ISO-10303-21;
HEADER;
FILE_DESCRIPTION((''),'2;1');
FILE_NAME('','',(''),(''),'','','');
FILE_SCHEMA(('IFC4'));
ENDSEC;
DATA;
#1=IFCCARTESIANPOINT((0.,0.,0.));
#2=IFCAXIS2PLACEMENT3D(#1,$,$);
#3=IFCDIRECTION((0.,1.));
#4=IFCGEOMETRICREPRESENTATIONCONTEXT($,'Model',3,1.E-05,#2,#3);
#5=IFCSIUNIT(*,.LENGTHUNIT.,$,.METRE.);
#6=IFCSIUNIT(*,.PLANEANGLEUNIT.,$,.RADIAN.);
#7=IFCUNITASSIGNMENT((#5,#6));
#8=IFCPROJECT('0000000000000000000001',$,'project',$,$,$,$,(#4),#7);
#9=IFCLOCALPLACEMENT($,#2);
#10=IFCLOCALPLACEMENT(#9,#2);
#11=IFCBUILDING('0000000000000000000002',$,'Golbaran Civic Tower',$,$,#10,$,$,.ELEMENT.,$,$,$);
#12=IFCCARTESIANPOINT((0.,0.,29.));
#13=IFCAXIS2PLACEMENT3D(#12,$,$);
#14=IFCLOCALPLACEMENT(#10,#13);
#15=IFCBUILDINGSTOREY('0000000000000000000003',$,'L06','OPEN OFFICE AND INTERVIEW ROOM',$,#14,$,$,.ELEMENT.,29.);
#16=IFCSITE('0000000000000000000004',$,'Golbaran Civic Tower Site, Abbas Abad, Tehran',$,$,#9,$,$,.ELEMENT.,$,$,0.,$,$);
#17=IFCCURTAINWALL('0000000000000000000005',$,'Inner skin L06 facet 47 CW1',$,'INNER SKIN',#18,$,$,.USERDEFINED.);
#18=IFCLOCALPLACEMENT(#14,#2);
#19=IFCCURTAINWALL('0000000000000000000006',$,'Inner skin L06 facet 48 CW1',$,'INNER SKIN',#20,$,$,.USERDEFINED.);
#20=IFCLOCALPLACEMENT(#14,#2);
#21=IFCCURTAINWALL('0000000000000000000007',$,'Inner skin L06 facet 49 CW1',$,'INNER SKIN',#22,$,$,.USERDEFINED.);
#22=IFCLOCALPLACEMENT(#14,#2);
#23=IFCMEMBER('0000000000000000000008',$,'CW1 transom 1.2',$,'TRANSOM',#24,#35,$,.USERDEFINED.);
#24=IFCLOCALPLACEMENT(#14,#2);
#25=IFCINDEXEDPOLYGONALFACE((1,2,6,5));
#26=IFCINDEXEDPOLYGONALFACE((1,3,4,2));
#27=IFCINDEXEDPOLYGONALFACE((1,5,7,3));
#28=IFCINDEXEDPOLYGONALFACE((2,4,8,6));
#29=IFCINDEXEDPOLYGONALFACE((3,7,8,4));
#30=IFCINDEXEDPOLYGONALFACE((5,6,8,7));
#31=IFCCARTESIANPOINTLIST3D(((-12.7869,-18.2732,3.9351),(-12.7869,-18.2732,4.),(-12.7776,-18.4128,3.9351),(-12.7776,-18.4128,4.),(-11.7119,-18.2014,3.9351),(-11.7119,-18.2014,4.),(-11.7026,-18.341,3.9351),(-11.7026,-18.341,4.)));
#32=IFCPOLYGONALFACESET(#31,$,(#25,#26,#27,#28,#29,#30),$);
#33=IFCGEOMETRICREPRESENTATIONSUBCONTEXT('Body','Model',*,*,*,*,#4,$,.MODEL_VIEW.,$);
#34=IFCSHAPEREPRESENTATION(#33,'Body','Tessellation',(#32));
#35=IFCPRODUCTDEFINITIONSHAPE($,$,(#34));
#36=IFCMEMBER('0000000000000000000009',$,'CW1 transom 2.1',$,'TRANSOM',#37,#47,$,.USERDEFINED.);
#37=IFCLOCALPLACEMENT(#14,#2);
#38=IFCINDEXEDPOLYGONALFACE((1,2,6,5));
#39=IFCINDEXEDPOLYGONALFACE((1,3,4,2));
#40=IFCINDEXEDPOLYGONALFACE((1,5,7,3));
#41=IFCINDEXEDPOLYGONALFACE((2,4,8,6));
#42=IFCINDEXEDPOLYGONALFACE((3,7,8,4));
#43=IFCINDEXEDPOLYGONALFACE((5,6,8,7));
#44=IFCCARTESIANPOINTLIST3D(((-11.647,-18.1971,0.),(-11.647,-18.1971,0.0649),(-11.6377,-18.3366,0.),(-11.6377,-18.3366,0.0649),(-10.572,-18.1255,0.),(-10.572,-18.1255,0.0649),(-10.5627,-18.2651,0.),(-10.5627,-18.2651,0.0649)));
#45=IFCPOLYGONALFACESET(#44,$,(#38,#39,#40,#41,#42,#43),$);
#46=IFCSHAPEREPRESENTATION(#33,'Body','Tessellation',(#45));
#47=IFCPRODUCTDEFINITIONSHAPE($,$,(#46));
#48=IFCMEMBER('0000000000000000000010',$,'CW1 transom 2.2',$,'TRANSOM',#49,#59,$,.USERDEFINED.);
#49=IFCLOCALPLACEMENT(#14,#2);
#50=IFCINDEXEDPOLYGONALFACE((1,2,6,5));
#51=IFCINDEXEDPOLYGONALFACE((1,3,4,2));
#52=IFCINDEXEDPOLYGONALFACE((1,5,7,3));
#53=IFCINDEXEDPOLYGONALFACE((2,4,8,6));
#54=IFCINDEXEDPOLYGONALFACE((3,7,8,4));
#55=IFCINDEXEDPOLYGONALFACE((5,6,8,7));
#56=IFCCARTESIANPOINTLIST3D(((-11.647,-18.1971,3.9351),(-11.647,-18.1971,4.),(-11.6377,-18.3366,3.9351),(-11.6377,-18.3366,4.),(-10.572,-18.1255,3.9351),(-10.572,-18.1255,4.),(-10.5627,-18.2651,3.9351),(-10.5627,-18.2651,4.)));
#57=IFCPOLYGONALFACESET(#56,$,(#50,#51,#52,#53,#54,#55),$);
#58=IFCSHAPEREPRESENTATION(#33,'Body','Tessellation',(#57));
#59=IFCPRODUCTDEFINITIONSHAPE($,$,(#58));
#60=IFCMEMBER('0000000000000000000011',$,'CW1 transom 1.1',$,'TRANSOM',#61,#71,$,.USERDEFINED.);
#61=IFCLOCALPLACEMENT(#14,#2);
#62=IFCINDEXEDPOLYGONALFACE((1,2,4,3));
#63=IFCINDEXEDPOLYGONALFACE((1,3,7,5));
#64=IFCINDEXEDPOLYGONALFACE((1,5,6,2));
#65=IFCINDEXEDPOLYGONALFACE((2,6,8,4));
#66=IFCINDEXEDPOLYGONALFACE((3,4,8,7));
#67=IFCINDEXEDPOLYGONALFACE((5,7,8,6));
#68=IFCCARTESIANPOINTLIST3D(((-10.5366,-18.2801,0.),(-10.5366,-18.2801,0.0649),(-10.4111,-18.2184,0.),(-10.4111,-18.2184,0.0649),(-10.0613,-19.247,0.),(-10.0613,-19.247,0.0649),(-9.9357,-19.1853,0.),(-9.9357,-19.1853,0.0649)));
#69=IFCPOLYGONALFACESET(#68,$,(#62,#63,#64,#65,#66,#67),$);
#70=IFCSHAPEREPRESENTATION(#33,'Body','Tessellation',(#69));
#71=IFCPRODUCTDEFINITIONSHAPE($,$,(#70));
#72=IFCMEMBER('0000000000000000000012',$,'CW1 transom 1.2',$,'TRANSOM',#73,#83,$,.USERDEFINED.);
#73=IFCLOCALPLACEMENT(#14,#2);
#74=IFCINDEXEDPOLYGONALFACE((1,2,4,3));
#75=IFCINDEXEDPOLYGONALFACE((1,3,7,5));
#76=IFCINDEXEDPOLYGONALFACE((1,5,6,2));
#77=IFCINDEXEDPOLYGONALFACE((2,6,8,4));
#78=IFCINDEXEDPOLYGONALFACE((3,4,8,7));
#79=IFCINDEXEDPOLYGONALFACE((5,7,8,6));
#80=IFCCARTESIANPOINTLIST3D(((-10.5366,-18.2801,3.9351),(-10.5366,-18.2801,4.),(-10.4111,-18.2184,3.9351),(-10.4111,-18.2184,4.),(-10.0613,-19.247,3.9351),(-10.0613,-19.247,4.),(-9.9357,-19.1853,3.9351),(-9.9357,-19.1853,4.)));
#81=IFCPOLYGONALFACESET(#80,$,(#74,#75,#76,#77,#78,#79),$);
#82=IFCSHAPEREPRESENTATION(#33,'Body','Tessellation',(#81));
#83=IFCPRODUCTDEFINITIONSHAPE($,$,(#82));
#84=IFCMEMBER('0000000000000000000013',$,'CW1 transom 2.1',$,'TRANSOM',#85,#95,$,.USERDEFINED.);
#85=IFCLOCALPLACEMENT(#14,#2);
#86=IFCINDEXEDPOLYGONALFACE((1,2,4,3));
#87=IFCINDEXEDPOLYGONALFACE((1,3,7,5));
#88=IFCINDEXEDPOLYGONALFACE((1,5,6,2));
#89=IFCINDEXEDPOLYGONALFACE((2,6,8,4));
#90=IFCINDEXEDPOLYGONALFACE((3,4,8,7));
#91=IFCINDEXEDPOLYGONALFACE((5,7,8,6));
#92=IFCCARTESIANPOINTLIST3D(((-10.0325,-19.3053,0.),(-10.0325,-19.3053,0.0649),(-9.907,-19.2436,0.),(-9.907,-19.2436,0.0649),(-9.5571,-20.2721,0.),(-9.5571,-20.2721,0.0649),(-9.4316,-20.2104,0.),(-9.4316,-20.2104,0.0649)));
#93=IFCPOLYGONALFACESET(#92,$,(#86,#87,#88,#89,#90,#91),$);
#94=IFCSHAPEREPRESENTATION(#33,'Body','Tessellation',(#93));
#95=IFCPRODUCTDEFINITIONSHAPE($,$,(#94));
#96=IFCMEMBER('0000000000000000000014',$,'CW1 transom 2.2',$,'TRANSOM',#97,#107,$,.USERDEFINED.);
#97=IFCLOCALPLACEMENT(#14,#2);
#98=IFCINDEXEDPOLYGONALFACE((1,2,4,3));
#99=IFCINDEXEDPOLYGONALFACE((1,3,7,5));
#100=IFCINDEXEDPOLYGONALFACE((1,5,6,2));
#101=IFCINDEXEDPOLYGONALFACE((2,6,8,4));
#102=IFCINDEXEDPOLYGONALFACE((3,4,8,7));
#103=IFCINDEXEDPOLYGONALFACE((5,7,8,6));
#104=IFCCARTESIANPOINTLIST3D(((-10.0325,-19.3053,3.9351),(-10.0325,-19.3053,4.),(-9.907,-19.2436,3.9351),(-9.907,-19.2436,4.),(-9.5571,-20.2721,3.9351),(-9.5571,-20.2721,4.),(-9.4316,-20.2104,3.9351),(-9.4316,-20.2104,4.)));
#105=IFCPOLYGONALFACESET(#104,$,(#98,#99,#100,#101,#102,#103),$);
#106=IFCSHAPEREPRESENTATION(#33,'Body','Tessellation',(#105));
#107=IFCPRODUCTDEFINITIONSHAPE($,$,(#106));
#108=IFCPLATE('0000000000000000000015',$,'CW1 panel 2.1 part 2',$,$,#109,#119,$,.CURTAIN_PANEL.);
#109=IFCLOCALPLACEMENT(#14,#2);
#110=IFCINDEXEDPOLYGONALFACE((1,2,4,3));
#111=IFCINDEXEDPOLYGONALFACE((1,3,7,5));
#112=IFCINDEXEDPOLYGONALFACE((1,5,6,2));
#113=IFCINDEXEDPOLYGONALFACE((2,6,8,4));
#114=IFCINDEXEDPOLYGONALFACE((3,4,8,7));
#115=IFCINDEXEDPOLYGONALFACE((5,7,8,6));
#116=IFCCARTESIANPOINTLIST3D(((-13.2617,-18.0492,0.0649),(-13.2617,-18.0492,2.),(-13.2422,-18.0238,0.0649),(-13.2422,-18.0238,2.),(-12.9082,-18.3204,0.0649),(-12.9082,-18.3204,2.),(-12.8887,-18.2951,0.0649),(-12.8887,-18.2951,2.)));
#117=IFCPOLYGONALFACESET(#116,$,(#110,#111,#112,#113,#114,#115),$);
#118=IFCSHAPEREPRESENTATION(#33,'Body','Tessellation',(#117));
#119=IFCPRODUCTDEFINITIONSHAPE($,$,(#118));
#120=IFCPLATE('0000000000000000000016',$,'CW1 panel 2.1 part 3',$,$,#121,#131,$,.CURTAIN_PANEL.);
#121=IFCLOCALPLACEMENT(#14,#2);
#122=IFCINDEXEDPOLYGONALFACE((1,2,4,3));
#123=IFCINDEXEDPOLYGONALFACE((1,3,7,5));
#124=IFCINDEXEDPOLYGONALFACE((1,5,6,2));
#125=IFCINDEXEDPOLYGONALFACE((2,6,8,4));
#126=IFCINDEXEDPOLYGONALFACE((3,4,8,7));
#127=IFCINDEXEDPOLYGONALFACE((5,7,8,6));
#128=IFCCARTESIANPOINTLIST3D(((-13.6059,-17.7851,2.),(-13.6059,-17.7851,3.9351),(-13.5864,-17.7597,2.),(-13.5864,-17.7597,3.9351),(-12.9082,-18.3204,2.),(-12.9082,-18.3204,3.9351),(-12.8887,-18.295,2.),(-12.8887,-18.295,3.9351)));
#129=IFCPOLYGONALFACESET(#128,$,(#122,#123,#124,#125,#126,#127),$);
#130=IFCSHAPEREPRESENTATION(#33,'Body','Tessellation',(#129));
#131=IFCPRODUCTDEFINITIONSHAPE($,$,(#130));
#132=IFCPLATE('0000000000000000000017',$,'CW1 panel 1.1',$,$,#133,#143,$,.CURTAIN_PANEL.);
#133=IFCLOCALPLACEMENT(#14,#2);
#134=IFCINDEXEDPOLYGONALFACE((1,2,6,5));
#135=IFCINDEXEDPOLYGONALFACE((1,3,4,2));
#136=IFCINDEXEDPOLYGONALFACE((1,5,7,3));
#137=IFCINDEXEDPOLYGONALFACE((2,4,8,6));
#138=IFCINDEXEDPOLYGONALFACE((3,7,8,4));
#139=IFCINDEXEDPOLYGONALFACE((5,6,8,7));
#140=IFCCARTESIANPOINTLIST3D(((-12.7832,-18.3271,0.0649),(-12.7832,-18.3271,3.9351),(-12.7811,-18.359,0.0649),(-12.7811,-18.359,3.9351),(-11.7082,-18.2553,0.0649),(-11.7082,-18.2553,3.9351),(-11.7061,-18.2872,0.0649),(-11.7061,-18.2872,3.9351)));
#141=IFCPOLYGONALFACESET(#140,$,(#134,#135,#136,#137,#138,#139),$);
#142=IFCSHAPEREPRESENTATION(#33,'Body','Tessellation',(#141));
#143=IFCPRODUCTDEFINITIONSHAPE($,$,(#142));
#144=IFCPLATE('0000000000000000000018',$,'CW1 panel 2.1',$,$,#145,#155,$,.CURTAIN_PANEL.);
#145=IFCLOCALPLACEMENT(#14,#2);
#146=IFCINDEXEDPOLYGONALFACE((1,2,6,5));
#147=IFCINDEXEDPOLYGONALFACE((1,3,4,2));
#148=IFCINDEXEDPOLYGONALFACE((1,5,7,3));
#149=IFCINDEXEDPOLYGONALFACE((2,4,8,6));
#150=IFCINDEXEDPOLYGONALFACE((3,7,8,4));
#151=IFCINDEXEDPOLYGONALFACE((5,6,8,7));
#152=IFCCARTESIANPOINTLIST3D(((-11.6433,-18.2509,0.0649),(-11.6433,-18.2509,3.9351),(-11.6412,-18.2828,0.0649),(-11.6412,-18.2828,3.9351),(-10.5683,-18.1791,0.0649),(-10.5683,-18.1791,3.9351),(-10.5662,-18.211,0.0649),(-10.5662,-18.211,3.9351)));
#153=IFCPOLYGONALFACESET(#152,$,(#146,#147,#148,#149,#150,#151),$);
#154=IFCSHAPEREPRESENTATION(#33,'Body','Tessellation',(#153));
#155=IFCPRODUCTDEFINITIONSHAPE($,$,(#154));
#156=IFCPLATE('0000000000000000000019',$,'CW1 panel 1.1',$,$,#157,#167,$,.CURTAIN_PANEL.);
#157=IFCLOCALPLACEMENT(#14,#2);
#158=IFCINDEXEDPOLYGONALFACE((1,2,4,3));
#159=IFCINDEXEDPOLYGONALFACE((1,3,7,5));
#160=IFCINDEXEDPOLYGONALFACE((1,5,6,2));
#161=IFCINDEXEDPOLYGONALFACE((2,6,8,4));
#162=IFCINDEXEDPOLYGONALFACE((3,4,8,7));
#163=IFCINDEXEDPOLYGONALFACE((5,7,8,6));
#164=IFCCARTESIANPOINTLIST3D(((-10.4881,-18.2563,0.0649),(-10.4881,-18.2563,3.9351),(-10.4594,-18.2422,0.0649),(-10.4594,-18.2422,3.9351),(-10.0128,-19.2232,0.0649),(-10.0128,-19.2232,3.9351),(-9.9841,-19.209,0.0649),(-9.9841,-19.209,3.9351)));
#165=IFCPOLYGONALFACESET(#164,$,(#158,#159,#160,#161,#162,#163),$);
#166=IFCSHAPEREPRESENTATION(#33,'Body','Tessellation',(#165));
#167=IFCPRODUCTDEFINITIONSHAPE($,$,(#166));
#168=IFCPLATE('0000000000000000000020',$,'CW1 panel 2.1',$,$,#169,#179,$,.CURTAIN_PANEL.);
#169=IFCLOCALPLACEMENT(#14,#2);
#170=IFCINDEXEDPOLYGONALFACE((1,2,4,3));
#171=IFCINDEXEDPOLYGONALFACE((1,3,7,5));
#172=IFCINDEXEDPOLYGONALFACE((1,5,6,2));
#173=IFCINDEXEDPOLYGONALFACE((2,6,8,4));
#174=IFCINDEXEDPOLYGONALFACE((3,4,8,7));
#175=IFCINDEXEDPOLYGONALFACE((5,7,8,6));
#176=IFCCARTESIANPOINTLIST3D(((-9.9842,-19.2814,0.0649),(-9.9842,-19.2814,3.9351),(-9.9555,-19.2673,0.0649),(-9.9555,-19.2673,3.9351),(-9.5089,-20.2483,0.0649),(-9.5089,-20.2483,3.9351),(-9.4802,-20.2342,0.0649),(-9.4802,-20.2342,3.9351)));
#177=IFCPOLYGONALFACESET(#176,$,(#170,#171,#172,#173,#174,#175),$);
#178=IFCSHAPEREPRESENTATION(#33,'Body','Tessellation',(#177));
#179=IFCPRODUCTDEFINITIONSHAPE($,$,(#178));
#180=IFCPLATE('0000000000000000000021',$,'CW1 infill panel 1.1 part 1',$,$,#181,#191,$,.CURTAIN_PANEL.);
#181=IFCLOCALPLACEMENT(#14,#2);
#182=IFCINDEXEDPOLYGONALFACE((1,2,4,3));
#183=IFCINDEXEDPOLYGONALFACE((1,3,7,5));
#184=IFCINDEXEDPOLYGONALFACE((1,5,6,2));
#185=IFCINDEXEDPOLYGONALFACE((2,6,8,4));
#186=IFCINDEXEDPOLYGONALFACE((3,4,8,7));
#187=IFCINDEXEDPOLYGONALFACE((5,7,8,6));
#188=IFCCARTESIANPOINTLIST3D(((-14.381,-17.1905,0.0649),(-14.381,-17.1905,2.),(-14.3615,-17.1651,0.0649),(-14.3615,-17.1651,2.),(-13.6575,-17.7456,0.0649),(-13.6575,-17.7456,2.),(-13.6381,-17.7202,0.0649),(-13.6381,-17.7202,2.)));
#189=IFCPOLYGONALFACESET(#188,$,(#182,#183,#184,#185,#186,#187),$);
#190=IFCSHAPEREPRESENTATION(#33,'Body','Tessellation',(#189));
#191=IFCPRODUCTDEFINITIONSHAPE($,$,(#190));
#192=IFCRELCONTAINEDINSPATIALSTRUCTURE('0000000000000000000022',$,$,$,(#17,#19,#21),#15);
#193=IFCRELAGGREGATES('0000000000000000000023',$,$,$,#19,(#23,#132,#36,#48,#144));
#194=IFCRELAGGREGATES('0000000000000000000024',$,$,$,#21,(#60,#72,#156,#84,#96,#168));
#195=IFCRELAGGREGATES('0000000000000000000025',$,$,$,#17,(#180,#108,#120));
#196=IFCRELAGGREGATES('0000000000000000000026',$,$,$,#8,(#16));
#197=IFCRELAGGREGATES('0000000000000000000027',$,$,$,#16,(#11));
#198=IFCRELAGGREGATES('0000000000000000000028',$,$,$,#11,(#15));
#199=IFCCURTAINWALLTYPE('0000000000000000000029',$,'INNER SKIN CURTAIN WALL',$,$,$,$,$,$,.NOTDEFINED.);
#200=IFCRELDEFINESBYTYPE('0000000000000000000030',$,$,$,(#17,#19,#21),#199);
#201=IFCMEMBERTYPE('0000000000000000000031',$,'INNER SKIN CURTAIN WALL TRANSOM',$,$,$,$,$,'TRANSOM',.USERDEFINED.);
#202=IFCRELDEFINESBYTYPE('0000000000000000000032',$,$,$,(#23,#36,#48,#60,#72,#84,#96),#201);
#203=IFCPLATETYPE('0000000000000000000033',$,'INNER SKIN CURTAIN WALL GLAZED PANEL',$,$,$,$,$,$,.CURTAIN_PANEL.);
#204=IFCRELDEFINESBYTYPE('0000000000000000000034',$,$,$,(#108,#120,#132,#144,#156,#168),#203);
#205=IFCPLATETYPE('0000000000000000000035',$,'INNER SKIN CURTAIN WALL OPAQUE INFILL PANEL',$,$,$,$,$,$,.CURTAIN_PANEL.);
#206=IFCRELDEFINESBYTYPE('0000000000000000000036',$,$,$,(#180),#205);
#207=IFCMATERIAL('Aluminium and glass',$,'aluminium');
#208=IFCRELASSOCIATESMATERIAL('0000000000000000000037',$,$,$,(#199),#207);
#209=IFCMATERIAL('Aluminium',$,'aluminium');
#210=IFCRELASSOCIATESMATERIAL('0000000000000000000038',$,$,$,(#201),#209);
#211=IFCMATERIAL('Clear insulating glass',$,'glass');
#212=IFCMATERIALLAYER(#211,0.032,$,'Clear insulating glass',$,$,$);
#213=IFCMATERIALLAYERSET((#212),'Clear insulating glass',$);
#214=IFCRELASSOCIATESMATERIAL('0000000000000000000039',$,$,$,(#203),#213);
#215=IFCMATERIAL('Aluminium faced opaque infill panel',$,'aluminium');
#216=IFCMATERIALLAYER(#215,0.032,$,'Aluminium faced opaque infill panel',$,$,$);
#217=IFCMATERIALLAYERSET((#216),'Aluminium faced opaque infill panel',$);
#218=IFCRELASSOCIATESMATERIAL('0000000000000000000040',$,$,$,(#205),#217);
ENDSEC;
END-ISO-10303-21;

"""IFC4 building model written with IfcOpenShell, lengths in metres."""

from ifc_helpers import new_model, si_unit, direction, frame, origin, origin_2d, place, context, subcontext, project, spatial, rectangle, extrude, material, layer, layer_set, material_profile, profile_set, type_object, element, aggregate, save


model = new_model("IFC4")

# Units and contexts
model_context = context("Model", 3, precision=1e-05, world=origin(), true_north=direction((0.0, 1.0)))
body_context = subcontext(model_context, "Body", "Model", "MODEL_VIEW")
ifc_project = project(units=[si_unit("LENGTHUNIT", "METRE"), si_unit("PLANEANGLEUNIT", "RADIAN")], contexts=[model_context])

# Site, building, storey
site_placement = place(None, origin())
site = spatial("IfcSite", under=ifc_project, at=site_placement, Name="Golbaran Civic Tower Site, Abbas Abad, Tehran", CompositionType="ELEMENT", RefElevation=0.0)
building_placement = place(site_placement, origin())
building = spatial("IfcBuilding", under=site, at=building_placement, Name="Golbaran Civic Tower", CompositionType="ELEMENT")
storey_placement = place(building_placement, frame((0.0, 0.0, 29.0)))
storey = spatial("IfcBuildingStorey", under=building, at=storey_placement, Name="L06", Description="OPEN OFFICE AND INTERVIEW ROOM", CompositionType="ELEMENT", Elevation=29.0)

# Curtain walls
ifc_material_1 = material(Name="Aluminium and glass", Category="aluminium")
curtain_wall_type = type_object("IfcCurtainWallType", Name="INNER SKIN CURTAIN WALL", PredefinedType="NOTDEFINED", material=ifc_material_1)
curtain_wall_1_placement = place(storey_placement, origin())
curtain_wall_1 = element("IfcCurtainWall", 1, at=curtain_wall_1_placement, inside=storey, type_object=curtain_wall_type, Name="Inner skin L06 facet 47 CW1", ObjectType="INNER SKIN", PredefinedType="USERDEFINED")
ifc_material_2 = material(Name="Aluminium", Category="aluminium")
curtain_wall_2_placement = place(storey_placement, origin())
curtain_wall_2 = element("IfcCurtainWall", 2, at=curtain_wall_2_placement, inside=storey, type_object=curtain_wall_type, Name="Inner skin L06 facet 48 CW1", ObjectType="INNER SKIN", PredefinedType="USERDEFINED")
curtain_wall_3_placement = place(storey_placement, origin())
curtain_wall_3 = element("IfcCurtainWall", 3, at=curtain_wall_3_placement, inside=storey, type_object=curtain_wall_type, Name="Inner skin L06 facet 49 CW1", ObjectType="INNER SKIN", PredefinedType="USERDEFINED")

# Members
ifc_material_profile_1 = material_profile(ifc_material_2, rectangle(XDim=0.1399, YDim=0.0649, at=origin_2d()), Name="INNER SKIN CURTAIN WALL TRANSOM")
ifc_profile_set_1 = profile_set([ifc_material_profile_1], Name="Aluminium")
member_type_1 = type_object("IfcMemberType", Name="INNER SKIN CURTAIN WALL TRANSOM", ElementType="TRANSOM", PredefinedType="USERDEFINED", material=ifc_profile_set_1)
member_1_placement = place(storey_placement, frame((-12.7822, -18.343, 3.9675), z_axis=(0.997778, 0.066624, 0.0), x_axis=(-0.066624, 0.997778, 0.0)))
member_1 = element("IfcMember", 4, at=member_1_placement, type_object=member_type_1, Name="CW1 transom 1.2", ObjectType="TRANSOM", PredefinedType="USERDEFINED", context=body_context, shape_type="SweptSolid", body=[
    extrude(rectangle(XDim=0.1399, YDim=0.0649, at=origin_2d()), origin(), (0.0, 0.0, 1.0), 1.0774),
])
member_2_placement = place(storey_placement, frame((-11.6423, -18.2668, 0.0325), z_axis=(0.997793, 0.066399, 0.0), x_axis=(-0.066399, 0.997793, 0.0)))
member_2 = element("IfcMember", 5, at=member_2_placement, type_object=member_type_1, Name="CW1 transom 2.1", ObjectType="TRANSOM", PredefinedType="USERDEFINED", context=body_context, shape_type="SweptSolid", body=[
    extrude(rectangle(XDim=0.1399, YDim=0.0649, at=origin_2d()), origin(), (0.0, 0.0, 1.0), 1.0774),
])
member_3_placement = place(storey_placement, frame((-11.6423, -18.2668, 3.9675), z_axis=(0.997793, 0.066399, 0.0), x_axis=(-0.066399, 0.997793, 0.0)))
member_3 = element("IfcMember", 6, at=member_3_placement, type_object=member_type_1, Name="CW1 transom 2.2", ObjectType="TRANSOM", PredefinedType="USERDEFINED", context=body_context, shape_type="SweptSolid", body=[
    extrude(rectangle(XDim=0.1399, YDim=0.0649, at=origin_2d()), origin(), (0.0, 0.0, 1.0), 1.0774),
])
member_4_placement = place(storey_placement, frame((-10.4739, -18.2493, 0.0325), z_axis=(0.441221, -0.897399, 0.0), x_axis=(0.897399, 0.441221, 0.0)))
member_4 = element("IfcMember", 7, at=member_4_placement, type_object=member_type_1, Name="CW1 transom 1.1", ObjectType="TRANSOM", PredefinedType="USERDEFINED", context=body_context, shape_type="SweptSolid", body=[
    extrude(rectangle(XDim=0.1399, YDim=0.0649, at=origin_2d()), origin(), (0.0, 0.0, 1.0), 1.0774),
])
member_5_placement = place(storey_placement, frame((-10.4739, -18.2493, 3.9675), z_axis=(0.441221, -0.897399, 0.0), x_axis=(0.897399, 0.441221, 0.0)))
member_5 = element("IfcMember", 8, at=member_5_placement, type_object=member_type_1, Name="CW1 transom 1.2", ObjectType="TRANSOM", PredefinedType="USERDEFINED", context=body_context, shape_type="SweptSolid", body=[
    extrude(rectangle(XDim=0.1399, YDim=0.0649, at=origin_2d()), origin(), (0.0, 0.0, 1.0), 1.0774),
])
member_6_placement = place(storey_placement, frame((-9.9697, -19.2744, 0.0325), z_axis=(0.441221, -0.897399, 0.0), x_axis=(0.897399, 0.441221, 0.0)))
member_6 = element("IfcMember", 9, at=member_6_placement, type_object=member_type_1, Name="CW1 transom 2.1", ObjectType="TRANSOM", PredefinedType="USERDEFINED", context=body_context, shape_type="SweptSolid", body=[
    extrude(rectangle(XDim=0.1399, YDim=0.0649, at=origin_2d()), origin(), (0.0, 0.0, 1.0), 1.0774),
])
member_7_placement = place(storey_placement, frame((-9.9697, -19.2744, 3.9675), z_axis=(0.441221, -0.897399, 0.0), x_axis=(0.897399, 0.441221, 0.0)))
member_7 = element("IfcMember", 10, at=member_7_placement, type_object=member_type_1, Name="CW1 transom 2.2", ObjectType="TRANSOM", PredefinedType="USERDEFINED", context=body_context, shape_type="SweptSolid", body=[
    extrude(rectangle(XDim=0.1399, YDim=0.0649, at=origin_2d()), origin(), (0.0, 0.0, 1.0), 1.0774),
])

# Plates
ifc_material_3 = material(Name="Clear insulating glass", Category="glass")
ifc_layer_1 = layer(ifc_material_3, 0.032, Name="Clear insulating glass")
ifc_layer_set_1 = layer_set([ifc_layer_1], Name="Clear insulating glass")
plate_type_1 = type_object("IfcPlateType", Name="INNER SKIN CURTAIN WALL GLAZED PANEL", PredefinedType="CURTAIN_PANEL", material=ifc_layer_set_1)
plate_1_placement = place(storey_placement, frame((-13.0752, -18.1721, 0.0649), z_axis=(0.0, 0.0, 1.0), x_axis=(0.793353, -0.608761, 0.0)))
plate_1 = element("IfcPlate", 11, at=plate_1_placement, type_object=plate_type_1, Name="CW1 panel 2.1 part 2", PredefinedType="CURTAIN_PANEL", context=body_context, shape_type="SweptSolid", body=[
    extrude(rectangle(XDim=0.4456, YDim=0.032, at=origin_2d()), origin(), (0.0, 0.0, 1.0), 1.9351),
])
plate_2_placement = place(storey_placement, frame((-13.2473, -18.04, 2.0), z_axis=(0.0, 0.0, 1.0), x_axis=(0.793353, -0.608761, 0.0)))
plate_2 = element("IfcPlate", 12, at=plate_2_placement, type_object=plate_type_1, Name="CW1 panel 2.1 part 3", PredefinedType="CURTAIN_PANEL", context=body_context, shape_type="SweptSolid", body=[
    extrude(rectangle(XDim=0.8794, YDim=0.032, at=origin_2d()), origin(), (0.0, 0.0, 1.0), 1.9351),
])
plate_3_placement = place(storey_placement, frame((-12.2446, -18.3071, 0.0649), z_axis=(0.0, 0.0, 1.0), x_axis=(0.997779, 0.066606, 0.0)))
plate_3 = element("IfcPlate", 13, at=plate_3_placement, type_object=plate_type_1, Name="CW1 panel 1.1", PredefinedType="CURTAIN_PANEL", context=body_context, shape_type="SweptSolid", body=[
    extrude(rectangle(XDim=1.0774, YDim=0.032, at=origin_2d()), origin(), (0.0, 0.0, 1.0), 3.8701),
])
plate_4_placement = place(storey_placement, frame((-11.1047, -18.231, 0.0649), z_axis=(0.0, 0.0, 1.0), x_axis=(0.997779, 0.066606, 0.0)))
plate_4 = element("IfcPlate", 14, at=plate_4_placement, type_object=plate_type_1, Name="CW1 panel 2.1", PredefinedType="CURTAIN_PANEL", context=body_context, shape_type="SweptSolid", body=[
    extrude(rectangle(XDim=1.0774, YDim=0.032, at=origin_2d()), origin(), (0.0, 0.0, 1.0), 3.8701),
])
aggregate(curtain_wall_2, [member_1, plate_3, member_2, member_3, plate_4])
plate_5_placement = place(storey_placement, frame((-10.2361, -18.7327, 0.0649), z_axis=(0.0, 0.0, 1.0), x_axis=(0.441207, -0.897405, 0.0)))
plate_5 = element("IfcPlate", 15, at=plate_5_placement, type_object=plate_type_1, Name="CW1 panel 1.1", PredefinedType="CURTAIN_PANEL", context=body_context, shape_type="SweptSolid", body=[
    extrude(rectangle(XDim=1.0774, YDim=0.032, at=origin_2d()), origin(), (0.0, 0.0, 1.0), 3.8701),
])
plate_6_placement = place(storey_placement, frame((-9.7322, -19.7578, 0.0649), z_axis=(0.0, 0.0, 1.0), x_axis=(0.441207, -0.897405, 0.0)))
plate_6 = element("IfcPlate", 16, at=plate_6_placement, type_object=plate_type_1, Name="CW1 panel 2.1", PredefinedType="CURTAIN_PANEL", context=body_context, shape_type="SweptSolid", body=[
    extrude(rectangle(XDim=1.0774, YDim=0.032, at=origin_2d()), origin(), (0.0, 0.0, 1.0), 3.8701),
])
aggregate(curtain_wall_3, [member_4, member_5, plate_5, member_6, member_7, plate_6])
ifc_material_4 = material(Name="Aluminium faced opaque infill panel", Category="aluminium")
ifc_layer_2 = layer(ifc_material_4, 0.032, Name="Aluminium faced opaque infill panel")
ifc_layer_set_2 = layer_set([ifc_layer_2], Name="Aluminium faced opaque infill panel")
plate_type_2 = type_object("IfcPlateType", Name="INNER SKIN CURTAIN WALL OPAQUE INFILL PANEL", PredefinedType="CURTAIN_PANEL", material=ifc_layer_set_2)
plate_7_placement = place(storey_placement, frame((-14.0095, -17.4553, 0.0649), z_axis=(0.0, 0.0, 1.0), x_axis=(0.793353, -0.608761, 0.0)))
plate_7 = element("IfcPlate", 17, at=plate_7_placement, type_object=plate_type_2, Name="CW1 infill panel 1.1 part 1", PredefinedType="CURTAIN_PANEL", context=body_context, shape_type="SweptSolid", body=[
    extrude(rectangle(XDim=0.9119, YDim=0.032, at=origin_2d()), origin(), (0.0, 0.0, 1.0), 1.9351),
])
aggregate(curtain_wall_1, [plate_7, plate_1, plate_2])

save(model, "model.ifc")
